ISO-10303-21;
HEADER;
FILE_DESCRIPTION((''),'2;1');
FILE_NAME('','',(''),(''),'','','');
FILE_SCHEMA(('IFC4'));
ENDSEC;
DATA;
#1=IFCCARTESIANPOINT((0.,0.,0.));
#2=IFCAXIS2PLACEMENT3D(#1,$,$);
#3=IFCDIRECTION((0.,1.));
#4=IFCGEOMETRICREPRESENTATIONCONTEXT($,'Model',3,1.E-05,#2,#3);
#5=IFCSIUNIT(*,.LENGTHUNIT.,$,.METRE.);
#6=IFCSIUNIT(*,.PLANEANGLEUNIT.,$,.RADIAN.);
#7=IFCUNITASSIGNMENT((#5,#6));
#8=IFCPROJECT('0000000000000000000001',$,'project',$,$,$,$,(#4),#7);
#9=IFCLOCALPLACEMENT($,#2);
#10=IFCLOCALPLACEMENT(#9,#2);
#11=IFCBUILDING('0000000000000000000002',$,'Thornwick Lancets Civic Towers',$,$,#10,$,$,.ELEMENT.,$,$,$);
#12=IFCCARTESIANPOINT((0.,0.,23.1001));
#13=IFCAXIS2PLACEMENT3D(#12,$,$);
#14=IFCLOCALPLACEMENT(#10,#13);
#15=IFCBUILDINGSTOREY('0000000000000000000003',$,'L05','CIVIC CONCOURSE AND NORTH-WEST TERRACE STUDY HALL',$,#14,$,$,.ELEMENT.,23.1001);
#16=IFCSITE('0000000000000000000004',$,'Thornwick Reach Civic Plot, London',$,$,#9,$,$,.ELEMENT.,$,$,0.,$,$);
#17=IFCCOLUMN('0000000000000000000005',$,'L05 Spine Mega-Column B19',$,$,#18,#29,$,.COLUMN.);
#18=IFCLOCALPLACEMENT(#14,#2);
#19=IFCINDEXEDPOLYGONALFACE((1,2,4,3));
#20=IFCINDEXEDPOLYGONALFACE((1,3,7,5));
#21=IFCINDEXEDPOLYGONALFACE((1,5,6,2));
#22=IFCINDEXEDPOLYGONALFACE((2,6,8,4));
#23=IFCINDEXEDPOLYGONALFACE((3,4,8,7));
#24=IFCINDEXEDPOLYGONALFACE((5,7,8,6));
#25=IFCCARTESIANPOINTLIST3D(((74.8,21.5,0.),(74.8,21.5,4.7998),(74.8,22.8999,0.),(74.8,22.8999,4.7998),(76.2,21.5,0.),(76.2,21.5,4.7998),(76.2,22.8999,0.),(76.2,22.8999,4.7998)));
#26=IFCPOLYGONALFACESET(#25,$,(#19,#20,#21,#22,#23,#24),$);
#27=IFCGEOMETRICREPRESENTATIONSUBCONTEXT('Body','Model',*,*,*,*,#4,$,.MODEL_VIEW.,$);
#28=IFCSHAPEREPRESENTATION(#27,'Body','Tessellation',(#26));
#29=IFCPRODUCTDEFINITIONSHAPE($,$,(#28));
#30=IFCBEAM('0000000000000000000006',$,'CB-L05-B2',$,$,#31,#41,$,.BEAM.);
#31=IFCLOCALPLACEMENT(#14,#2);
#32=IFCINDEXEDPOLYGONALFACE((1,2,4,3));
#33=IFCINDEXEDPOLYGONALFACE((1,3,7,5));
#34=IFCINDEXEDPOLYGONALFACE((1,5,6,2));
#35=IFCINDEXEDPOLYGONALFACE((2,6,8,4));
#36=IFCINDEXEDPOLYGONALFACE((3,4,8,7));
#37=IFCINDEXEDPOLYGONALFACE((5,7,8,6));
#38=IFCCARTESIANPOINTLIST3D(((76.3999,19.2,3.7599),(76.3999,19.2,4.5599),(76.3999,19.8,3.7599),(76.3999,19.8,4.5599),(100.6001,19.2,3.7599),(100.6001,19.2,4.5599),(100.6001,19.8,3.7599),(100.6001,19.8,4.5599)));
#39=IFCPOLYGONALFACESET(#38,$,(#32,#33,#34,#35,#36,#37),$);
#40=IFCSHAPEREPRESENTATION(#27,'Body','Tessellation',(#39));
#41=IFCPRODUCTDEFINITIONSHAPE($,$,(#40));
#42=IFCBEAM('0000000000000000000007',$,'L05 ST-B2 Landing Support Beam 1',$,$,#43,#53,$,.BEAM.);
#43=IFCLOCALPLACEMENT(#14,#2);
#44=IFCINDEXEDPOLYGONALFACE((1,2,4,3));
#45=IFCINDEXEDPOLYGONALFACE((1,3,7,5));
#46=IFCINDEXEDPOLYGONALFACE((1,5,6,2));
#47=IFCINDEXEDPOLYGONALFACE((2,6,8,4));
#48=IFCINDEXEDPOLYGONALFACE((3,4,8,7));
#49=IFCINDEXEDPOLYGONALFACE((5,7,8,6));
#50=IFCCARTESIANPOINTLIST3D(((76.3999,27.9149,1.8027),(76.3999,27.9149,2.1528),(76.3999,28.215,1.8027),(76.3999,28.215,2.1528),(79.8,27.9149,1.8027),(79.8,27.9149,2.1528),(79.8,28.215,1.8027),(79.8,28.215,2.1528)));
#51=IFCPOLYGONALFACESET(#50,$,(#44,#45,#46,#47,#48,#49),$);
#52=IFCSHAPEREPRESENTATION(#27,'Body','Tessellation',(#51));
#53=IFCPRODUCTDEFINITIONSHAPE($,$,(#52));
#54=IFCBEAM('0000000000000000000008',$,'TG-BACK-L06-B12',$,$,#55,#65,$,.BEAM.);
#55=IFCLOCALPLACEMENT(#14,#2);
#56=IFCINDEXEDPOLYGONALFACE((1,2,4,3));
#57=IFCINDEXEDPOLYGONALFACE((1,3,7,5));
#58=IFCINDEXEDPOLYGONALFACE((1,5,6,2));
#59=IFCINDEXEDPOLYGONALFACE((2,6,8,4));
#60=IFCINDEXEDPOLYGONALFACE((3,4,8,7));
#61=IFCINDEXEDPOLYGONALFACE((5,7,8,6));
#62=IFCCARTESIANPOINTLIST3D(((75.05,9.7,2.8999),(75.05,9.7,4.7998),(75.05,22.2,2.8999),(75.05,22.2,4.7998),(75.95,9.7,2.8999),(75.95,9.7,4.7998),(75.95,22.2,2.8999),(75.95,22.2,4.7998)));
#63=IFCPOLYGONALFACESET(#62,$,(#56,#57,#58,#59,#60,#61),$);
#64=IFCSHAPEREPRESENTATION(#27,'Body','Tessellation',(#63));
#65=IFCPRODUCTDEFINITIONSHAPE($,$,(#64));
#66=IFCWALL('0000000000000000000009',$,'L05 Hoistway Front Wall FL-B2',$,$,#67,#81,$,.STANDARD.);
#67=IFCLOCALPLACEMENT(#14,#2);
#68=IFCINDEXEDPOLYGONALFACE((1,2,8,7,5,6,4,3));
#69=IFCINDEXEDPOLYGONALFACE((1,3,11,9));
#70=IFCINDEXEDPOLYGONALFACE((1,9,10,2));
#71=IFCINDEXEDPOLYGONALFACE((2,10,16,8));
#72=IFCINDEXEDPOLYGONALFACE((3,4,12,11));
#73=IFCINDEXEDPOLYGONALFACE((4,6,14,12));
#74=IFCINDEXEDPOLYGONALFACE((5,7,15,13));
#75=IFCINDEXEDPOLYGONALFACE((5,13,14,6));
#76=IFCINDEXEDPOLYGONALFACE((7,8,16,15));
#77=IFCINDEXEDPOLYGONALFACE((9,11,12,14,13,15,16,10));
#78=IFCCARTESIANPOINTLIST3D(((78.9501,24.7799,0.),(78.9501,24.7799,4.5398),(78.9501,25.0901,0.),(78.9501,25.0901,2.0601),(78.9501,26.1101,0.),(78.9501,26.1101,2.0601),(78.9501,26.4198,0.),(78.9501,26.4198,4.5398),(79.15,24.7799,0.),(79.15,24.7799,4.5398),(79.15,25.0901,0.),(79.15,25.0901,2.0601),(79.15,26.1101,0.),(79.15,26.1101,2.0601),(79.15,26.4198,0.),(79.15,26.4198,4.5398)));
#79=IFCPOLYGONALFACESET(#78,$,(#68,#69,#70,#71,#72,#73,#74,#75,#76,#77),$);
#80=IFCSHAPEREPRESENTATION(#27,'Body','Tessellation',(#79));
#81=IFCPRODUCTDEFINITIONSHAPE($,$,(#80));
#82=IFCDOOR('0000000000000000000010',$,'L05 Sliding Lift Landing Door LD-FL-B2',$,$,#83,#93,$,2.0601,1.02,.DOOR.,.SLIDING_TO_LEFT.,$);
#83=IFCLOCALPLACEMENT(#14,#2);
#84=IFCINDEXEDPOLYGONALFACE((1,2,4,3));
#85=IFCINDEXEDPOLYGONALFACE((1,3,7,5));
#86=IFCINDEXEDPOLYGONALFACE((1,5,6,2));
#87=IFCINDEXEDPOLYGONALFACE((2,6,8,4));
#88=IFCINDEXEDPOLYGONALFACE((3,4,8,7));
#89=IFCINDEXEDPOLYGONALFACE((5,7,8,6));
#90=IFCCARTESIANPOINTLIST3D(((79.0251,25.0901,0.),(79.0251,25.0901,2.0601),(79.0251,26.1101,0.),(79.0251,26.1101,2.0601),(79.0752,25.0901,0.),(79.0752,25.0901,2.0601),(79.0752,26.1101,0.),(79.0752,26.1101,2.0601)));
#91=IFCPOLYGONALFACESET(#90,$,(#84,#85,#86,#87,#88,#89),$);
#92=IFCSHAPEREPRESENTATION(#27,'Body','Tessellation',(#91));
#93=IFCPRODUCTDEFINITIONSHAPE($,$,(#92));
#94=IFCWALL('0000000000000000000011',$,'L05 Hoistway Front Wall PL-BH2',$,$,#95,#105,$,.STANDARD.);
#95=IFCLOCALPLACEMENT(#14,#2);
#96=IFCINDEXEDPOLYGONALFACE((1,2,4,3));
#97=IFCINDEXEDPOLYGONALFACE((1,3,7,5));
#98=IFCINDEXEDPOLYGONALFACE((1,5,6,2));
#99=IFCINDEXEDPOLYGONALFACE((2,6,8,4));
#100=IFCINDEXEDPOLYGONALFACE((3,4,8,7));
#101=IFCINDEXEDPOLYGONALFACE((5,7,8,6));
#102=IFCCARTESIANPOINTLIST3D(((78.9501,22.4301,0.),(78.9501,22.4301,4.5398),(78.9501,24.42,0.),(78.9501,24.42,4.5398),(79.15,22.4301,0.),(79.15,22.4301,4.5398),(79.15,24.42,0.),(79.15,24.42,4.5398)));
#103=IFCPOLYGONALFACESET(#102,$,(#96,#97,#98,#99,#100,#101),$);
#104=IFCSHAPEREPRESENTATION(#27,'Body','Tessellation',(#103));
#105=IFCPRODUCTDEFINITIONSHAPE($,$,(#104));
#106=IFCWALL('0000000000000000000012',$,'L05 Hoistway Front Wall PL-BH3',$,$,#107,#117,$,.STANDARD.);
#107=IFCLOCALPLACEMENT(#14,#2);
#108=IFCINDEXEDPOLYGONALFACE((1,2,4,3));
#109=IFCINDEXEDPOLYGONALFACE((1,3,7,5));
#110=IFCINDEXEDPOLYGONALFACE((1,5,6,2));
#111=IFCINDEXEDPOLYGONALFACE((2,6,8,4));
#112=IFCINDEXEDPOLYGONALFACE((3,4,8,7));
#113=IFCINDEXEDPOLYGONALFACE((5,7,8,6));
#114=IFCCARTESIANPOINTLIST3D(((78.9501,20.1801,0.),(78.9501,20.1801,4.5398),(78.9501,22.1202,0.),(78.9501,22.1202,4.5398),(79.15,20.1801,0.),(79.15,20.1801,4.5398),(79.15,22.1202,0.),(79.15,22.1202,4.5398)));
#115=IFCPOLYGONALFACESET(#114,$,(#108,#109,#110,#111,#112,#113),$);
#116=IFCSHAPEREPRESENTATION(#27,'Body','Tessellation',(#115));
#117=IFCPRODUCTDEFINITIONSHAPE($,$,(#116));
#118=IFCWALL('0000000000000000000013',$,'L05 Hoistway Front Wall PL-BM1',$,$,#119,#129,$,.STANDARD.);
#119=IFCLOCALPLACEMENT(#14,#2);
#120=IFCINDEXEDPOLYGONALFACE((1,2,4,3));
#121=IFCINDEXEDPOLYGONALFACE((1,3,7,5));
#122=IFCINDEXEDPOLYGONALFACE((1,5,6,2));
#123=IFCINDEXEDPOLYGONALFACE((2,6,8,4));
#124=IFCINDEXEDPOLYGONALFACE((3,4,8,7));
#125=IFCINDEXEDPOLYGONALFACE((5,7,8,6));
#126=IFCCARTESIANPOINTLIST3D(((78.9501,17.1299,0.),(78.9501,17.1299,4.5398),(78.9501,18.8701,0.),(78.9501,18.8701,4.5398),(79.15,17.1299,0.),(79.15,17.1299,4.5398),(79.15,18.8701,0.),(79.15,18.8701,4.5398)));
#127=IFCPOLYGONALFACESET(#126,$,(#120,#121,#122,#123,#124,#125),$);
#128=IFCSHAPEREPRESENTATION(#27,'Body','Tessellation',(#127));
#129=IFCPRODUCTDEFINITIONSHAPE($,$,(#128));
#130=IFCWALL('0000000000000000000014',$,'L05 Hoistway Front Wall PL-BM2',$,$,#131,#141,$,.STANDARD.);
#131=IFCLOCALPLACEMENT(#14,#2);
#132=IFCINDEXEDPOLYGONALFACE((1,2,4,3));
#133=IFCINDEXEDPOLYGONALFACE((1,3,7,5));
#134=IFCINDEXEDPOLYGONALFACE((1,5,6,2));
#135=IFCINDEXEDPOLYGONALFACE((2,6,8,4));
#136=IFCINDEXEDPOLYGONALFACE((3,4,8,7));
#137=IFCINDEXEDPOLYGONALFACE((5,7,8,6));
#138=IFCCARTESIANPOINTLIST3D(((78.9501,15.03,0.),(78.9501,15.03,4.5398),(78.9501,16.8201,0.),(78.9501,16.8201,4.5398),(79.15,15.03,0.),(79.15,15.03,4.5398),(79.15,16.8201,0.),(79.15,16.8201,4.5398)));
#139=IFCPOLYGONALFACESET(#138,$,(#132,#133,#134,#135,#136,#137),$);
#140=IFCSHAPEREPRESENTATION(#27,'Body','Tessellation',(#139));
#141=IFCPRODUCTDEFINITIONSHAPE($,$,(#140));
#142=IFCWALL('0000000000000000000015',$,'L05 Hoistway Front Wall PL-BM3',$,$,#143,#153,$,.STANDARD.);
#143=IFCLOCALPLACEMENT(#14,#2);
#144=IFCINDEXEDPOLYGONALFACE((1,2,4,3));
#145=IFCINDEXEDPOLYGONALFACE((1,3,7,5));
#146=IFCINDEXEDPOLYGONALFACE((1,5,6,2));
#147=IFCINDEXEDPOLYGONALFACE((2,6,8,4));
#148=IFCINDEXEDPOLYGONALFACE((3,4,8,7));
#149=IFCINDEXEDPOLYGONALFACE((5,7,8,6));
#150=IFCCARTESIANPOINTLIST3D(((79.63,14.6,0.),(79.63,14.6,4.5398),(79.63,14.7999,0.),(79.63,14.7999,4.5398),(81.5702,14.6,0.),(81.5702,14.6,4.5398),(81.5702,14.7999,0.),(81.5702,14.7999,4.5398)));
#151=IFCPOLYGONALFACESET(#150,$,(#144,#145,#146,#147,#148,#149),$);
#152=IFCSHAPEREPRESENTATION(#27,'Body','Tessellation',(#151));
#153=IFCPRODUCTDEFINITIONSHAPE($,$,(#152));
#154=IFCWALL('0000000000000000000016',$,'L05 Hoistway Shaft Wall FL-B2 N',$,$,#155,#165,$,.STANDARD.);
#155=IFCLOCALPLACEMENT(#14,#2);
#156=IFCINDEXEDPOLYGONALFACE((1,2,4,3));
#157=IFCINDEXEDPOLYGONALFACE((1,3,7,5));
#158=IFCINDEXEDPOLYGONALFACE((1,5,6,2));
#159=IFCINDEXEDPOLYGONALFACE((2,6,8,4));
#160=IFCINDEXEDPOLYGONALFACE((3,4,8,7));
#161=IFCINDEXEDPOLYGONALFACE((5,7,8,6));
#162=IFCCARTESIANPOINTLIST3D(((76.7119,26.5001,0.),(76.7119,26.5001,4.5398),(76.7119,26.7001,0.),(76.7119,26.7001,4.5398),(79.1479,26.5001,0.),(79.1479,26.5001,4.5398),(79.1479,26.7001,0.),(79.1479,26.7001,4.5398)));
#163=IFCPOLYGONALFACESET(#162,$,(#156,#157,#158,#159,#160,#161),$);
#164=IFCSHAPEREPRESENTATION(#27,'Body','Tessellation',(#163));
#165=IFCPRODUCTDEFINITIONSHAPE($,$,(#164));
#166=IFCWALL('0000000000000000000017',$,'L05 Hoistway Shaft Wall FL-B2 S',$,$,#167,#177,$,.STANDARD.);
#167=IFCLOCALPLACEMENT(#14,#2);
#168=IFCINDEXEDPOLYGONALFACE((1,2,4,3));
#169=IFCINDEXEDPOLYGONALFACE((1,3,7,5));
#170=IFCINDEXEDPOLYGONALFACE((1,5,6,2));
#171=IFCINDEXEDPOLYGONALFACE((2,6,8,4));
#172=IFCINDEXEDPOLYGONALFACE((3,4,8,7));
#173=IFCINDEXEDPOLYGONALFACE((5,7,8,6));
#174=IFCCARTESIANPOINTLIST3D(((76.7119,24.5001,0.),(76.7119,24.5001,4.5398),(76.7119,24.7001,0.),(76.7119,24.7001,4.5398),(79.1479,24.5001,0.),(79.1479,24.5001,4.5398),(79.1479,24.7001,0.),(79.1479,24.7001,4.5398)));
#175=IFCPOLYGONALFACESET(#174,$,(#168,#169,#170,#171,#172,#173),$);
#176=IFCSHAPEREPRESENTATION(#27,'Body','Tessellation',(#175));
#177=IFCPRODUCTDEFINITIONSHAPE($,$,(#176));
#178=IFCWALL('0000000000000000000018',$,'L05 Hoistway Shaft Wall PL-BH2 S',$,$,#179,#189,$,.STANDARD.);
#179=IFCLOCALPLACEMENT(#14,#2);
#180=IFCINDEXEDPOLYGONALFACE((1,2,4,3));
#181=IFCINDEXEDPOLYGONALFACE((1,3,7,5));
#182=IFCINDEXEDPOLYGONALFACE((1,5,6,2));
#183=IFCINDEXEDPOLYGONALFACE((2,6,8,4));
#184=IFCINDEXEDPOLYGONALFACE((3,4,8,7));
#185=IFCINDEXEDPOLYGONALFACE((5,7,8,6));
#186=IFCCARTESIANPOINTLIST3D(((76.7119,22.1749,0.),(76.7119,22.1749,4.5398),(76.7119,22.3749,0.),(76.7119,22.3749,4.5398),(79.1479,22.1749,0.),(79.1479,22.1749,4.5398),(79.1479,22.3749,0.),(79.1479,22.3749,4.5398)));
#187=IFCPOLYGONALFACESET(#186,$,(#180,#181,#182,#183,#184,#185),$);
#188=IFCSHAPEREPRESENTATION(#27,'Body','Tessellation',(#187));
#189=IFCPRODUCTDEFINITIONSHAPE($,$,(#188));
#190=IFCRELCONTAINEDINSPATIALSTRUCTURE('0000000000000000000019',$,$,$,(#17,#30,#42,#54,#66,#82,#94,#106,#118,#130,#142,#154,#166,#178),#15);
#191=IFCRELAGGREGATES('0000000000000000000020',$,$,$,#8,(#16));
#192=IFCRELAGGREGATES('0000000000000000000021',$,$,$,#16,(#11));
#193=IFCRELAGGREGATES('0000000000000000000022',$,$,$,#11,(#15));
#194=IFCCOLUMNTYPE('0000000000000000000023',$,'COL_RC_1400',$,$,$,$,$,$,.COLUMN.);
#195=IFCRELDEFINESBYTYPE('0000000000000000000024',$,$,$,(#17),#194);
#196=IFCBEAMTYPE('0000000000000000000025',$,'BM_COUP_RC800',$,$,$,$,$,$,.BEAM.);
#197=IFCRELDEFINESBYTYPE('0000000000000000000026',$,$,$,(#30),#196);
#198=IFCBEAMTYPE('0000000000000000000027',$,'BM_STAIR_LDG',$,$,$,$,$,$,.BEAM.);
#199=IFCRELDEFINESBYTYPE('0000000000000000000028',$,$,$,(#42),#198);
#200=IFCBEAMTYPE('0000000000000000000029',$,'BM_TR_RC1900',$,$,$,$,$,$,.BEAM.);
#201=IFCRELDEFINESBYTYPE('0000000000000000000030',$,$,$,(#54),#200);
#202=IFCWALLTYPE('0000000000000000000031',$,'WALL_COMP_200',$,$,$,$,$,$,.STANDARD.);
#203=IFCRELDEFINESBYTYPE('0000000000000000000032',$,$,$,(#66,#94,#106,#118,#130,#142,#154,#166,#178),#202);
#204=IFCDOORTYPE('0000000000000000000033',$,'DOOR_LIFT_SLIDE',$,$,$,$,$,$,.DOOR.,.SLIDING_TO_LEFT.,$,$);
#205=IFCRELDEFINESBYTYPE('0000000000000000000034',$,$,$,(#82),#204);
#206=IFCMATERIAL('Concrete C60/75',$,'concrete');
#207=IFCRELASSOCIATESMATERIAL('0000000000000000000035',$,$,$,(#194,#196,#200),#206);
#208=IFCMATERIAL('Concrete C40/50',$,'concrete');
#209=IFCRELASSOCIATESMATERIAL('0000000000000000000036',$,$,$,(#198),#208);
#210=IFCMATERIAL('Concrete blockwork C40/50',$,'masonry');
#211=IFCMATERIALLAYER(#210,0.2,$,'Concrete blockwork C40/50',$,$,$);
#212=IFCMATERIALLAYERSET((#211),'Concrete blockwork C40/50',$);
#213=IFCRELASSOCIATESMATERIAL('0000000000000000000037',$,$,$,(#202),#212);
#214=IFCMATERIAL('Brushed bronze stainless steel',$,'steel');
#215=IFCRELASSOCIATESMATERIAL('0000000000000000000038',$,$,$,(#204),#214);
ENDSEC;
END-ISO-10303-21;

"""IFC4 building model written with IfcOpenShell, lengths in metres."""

from ifc_helpers import new_model, si_unit, direction, frame, frame_2d, origin, origin_2d, place, context, subcontext, project, spatial, rectangle, extrude, material, layer, layer_set, material_profile, profile_set, type_object, element, fill, save


model = new_model("IFC4")

# Units and contexts
model_context = context("Model", 3, precision=1e-05, world=origin(), true_north=direction((0.0, 1.0)))
body_context = subcontext(model_context, "Body", "Model", "MODEL_VIEW")
ifc_project = project(units=[si_unit("LENGTHUNIT", "METRE"), si_unit("PLANEANGLEUNIT", "RADIAN")], contexts=[model_context])

# Site, building, storey
site_placement = place(None, origin())
site = spatial("IfcSite", under=ifc_project, at=site_placement, Name="Thornwick Reach Civic Plot, London", CompositionType="ELEMENT", RefElevation=0.0)
building_placement = place(site_placement, origin())
building = spatial("IfcBuilding", under=site, at=building_placement, Name="Thornwick Lancets Civic Towers", CompositionType="ELEMENT")
storey_placement = place(building_placement, frame((0.0, 0.0, 23.1001)))
storey = spatial("IfcBuildingStorey", under=building, at=storey_placement, Name="L05", Description="CIVIC CONCOURSE AND NORTH-WEST TERRACE STUDY HALL", CompositionType="ELEMENT", Elevation=23.1001)

# Column
ifc_material_1 = material(Name="Concrete C60/75", Category="concrete")
ifc_material_profile_1 = material_profile(ifc_material_1, rectangle(XDim=1.3999, YDim=1.3999, at=origin_2d()), Name="RC 1400x1400")
ifc_profile_set_1 = profile_set([ifc_material_profile_1], Name="Concrete C60/75")
column_type = type_object("IfcColumnType", Name="COL_RC_1400", PredefinedType="COLUMN", material=ifc_profile_set_1)
column_placement = place(storey_placement, frame((75.5, 22.2, 0.0), z_axis=(0.0, 0.0, 1.0), x_axis=(1.0, 0.0, 0.0)))
element("IfcColumn", 1, at=column_placement, inside=storey, type_object=column_type, Name="L05 Spine Mega-Column B19", PredefinedType="COLUMN", context=body_context, shape_type="SweptSolid", body=[
    extrude(rectangle(XDim=1.3999, YDim=1.3999, at=origin_2d()), origin(), (0.0, 0.0, 1.0), 4.7998),
])

# Beams
ifc_material_profile_2 = material_profile(ifc_material_1, rectangle(XDim=0.6001, YDim=0.8, at=origin_2d()), Name="RC 600x800")
ifc_profile_set_2 = profile_set([ifc_material_profile_2], Name="Concrete C60/75")
beam_type_1 = type_object("IfcBeamType", Name="BM_COUP_RC800", PredefinedType="BEAM", material=ifc_profile_set_2)
beam_1_placement = place(storey_placement, frame((76.3999, 19.5, 4.1599), z_axis=(1.0, 0.0, 0.0), x_axis=(0.0, 1.0, 0.0)))
element("IfcBeam", 2, at=beam_1_placement, inside=storey, type_object=beam_type_1, Name="CB-L05-B2", PredefinedType="BEAM", context=body_context, shape_type="SweptSolid", body=[
    extrude(rectangle(XDim=0.6001, YDim=0.8, at=origin_2d()), origin(), (0.0, 0.0, 1.0), 24.2002),
])
ifc_material_2 = material(Name="Concrete C40/50", Category="concrete")
ifc_material_profile_3 = material_profile(ifc_material_2, rectangle(XDim=0.3, YDim=0.3501, at=origin_2d()), Name="RC 300x350")
ifc_profile_set_3 = profile_set([ifc_material_profile_3], Name="Concrete C40/50")
beam_type_2 = type_object("IfcBeamType", Name="BM_STAIR_LDG", PredefinedType="BEAM", material=ifc_profile_set_3)
beam_2_placement = place(storey_placement, frame((76.3999, 28.0649, 1.9778), z_axis=(1.0, 0.0, 0.0), x_axis=(0.0, 1.0, 0.0)))
element("IfcBeam", 3, at=beam_2_placement, inside=storey, type_object=beam_type_2, Name="L05 ST-B2 Landing Support Beam 1", PredefinedType="BEAM", context=body_context, shape_type="SweptSolid", body=[
    extrude(rectangle(XDim=0.3, YDim=0.3501, at=origin_2d()), origin(), (0.0, 0.0, 1.0), 3.4001),
])
ifc_material_profile_4 = material_profile(ifc_material_1, rectangle(XDim=0.8999, YDim=1.8999, at=origin_2d()), Name="RC 900x1900")
ifc_profile_set_4 = profile_set([ifc_material_profile_4], Name="Concrete C60/75")
beam_type_3 = type_object("IfcBeamType", Name="BM_TR_RC1900", PredefinedType="BEAM", material=ifc_profile_set_4)
beam_3_placement = place(storey_placement, frame((75.5, 22.2, 3.8499), z_axis=(0.0, -1.0, 0.0), x_axis=(1.0, 0.0, 0.0)))
element("IfcBeam", 4, at=beam_3_placement, inside=storey, type_object=beam_type_3, Name="TG-BACK-L06-B12", PredefinedType="BEAM", context=body_context, shape_type="SweptSolid", body=[
    extrude(rectangle(XDim=0.8999, YDim=1.8999, at=origin_2d()), origin(), (0.0, 0.0, 1.0), 12.5),
])

# Wall, opening, door
ifc_material_3 = material(Name="Concrete blockwork C40/50", Category="masonry")
ifc_layer_1 = layer(ifc_material_3, 0.2, Name="Concrete blockwork C40/50")
ifc_layer_set_1 = layer_set([ifc_layer_1], Name="Concrete blockwork C40/50")
wall_type_1 = type_object("IfcWallType", Name="WALL_COMP_200", PredefinedType="STANDARD", material=ifc_layer_set_1)
wall_1_placement = place(storey_placement, frame((79.05, 24.78, 0.0), z_axis=(0.0, 0.0, 1.0), x_axis=(0.0, 1.0, 0.0)))
wall_1 = element("IfcWall", 5, at=wall_1_placement, inside=storey, type_object=wall_type_1, Name="L05 Hoistway Front Wall FL-B2", PredefinedType="STANDARD", context=body_context, shape_type="SweptSolid", body=[
    extrude(rectangle(XDim=1.6399, YDim=0.2, at=frame_2d((0.8198, 0.0))), origin(), (0.0, 0.0, 1.0), 4.5398),
])
opening_1_placement = place(wall_1_placement, frame((0.3101, 0.0, 0.0)))
opening_1 = element("IfcOpeningElement", 6, at=opening_1_placement, cuts=wall_1, PredefinedType="OPENING", context=body_context, shape_type="SweptSolid", body=[
    extrude(rectangle(XDim=1.02, YDim=2.0601, at=frame_2d((0.51, 1.03))), frame((0.0, 0.1099, 0.0), z_axis=(0.0, -1.0, 0.0), x_axis=(1.0, 0.0, 0.0)), (0.0, 0.0, 1.0), 0.22),
])
ifc_material_4 = material(Name="Brushed bronze stainless steel", Category="steel")
door_type_1 = type_object("IfcDoorType", Name="DOOR_LIFT_SLIDE", OperationType="SLIDING_TO_LEFT", PredefinedType="DOOR", material=ifc_material_4)
door_1_placement = place(opening_1_placement, origin())
door_1 = element("IfcDoor", 7, at=door_1_placement, inside=storey, type_object=door_type_1, Name="L05 Sliding Lift Landing Door LD-FL-B2", OperationType="SLIDING_TO_LEFT", OverallHeight=2.0601, OverallWidth=1.02, PredefinedType="DOOR", context=body_context, shape_type="SweptSolid", body=[
    extrude(rectangle(XDim=1.02, YDim=2.0601, at=frame_2d((0.51, 1.03))), frame((0.0, 0.0249, 0.0), z_axis=(0.0, -1.0, 0.0), x_axis=(1.0, 0.0, 0.0)), (0.0, 0.0, 1.0), 0.05),
])
fill(opening_1, door_1)

# Walls
wall_2_placement = place(storey_placement, frame((79.05, 22.4299, 0.0), z_axis=(0.0, 0.0, 1.0), x_axis=(0.0, 1.0, 0.0)))
element("IfcWall", 8, at=wall_2_placement, inside=storey, type_object=wall_type_1, Name="L05 Hoistway Front Wall PL-BH2", PredefinedType="STANDARD", context=body_context, shape_type="SweptSolid", body=[
    extrude(rectangle(XDim=1.99, YDim=0.2, at=frame_2d((0.9951, 0.0))), origin(), (0.0, 0.0, 1.0), 4.5398),
])
wall_3_placement = place(storey_placement, frame((79.05, 20.1799, 0.0), z_axis=(0.0, 0.0, 1.0), x_axis=(0.0, 1.0, 0.0)))
element("IfcWall", 9, at=wall_3_placement, inside=storey, type_object=wall_type_1, Name="L05 Hoistway Front Wall PL-BH3", PredefinedType="STANDARD", context=body_context, shape_type="SweptSolid", body=[
    extrude(rectangle(XDim=1.9402, YDim=0.2, at=frame_2d((0.9702, 0.0))), origin(), (0.0, 0.0, 1.0), 4.5398),
])
wall_4_placement = place(storey_placement, frame((79.05, 17.1299, 0.0), z_axis=(0.0, 0.0, 1.0), x_axis=(0.0, 1.0, 0.0)))
element("IfcWall", 10, at=wall_4_placement, inside=storey, type_object=wall_type_1, Name="L05 Hoistway Front Wall PL-BM1", PredefinedType="STANDARD", context=body_context, shape_type="SweptSolid", body=[
    extrude(rectangle(XDim=1.7402, YDim=0.2, at=frame_2d((0.8701, 0.0))), origin(), (0.0, 0.0, 1.0), 4.5398),
])
wall_5_placement = place(storey_placement, frame((79.05, 15.03, 0.0), z_axis=(0.0, 0.0, 1.0), x_axis=(0.0, 1.0, 0.0)))
element("IfcWall", 11, at=wall_5_placement, inside=storey, type_object=wall_type_1, Name="L05 Hoistway Front Wall PL-BM2", PredefinedType="STANDARD", context=body_context, shape_type="SweptSolid", body=[
    extrude(rectangle(XDim=1.79, YDim=0.2, at=frame_2d((0.895, 0.0))), origin(), (0.0, 0.0, 1.0), 4.5398),
])
wall_6_placement = place(storey_placement, frame((79.6299, 14.7, 0.0), z_axis=(0.0, 0.0, 1.0), x_axis=(1.0, 0.0, 0.0)))
element("IfcWall", 12, at=wall_6_placement, inside=storey, type_object=wall_type_1, Name="L05 Hoistway Front Wall PL-BM3", PredefinedType="STANDARD", context=body_context, shape_type="SweptSolid", body=[
    extrude(rectangle(XDim=1.9402, YDim=0.2, at=frame_2d((0.9702, 0.0))), origin(), (0.0, 0.0, 1.0), 4.5398),
])
for number, where, z_axis, x_axis, name in (
    (13, (76.7119, 26.6001, 0.0), (0.0, 0.0, 1.0), (1.0, 0.0, 0.0), "L05 Hoistway Shaft Wall FL-B2 N"),
    (14, (76.7119, 24.6001, 0.0), (0.0, 0.0, 1.0), (1.0, 0.0, 0.0), "L05 Hoistway Shaft Wall FL-B2 S"),
    (15, (76.7119, 22.2749, 0.0), (0.0, 0.0, 1.0), (1.0, 0.0, 0.0), "L05 Hoistway Shaft Wall PL-BH2 S"),
):
    element("IfcWall", number, at=place(storey_placement, frame(where, z_axis=z_axis, x_axis=x_axis)), inside=storey, type_object=wall_type_1, Name=name, PredefinedType="STANDARD", context=body_context, shape_type="SweptSolid", body=[
        extrude(rectangle(XDim=2.436, YDim=0.2, at=frame_2d((1.218, 0.0))), origin(), (0.0, 0.0, 1.0), 4.5398),
    ])

save(model, "model.ifc")
